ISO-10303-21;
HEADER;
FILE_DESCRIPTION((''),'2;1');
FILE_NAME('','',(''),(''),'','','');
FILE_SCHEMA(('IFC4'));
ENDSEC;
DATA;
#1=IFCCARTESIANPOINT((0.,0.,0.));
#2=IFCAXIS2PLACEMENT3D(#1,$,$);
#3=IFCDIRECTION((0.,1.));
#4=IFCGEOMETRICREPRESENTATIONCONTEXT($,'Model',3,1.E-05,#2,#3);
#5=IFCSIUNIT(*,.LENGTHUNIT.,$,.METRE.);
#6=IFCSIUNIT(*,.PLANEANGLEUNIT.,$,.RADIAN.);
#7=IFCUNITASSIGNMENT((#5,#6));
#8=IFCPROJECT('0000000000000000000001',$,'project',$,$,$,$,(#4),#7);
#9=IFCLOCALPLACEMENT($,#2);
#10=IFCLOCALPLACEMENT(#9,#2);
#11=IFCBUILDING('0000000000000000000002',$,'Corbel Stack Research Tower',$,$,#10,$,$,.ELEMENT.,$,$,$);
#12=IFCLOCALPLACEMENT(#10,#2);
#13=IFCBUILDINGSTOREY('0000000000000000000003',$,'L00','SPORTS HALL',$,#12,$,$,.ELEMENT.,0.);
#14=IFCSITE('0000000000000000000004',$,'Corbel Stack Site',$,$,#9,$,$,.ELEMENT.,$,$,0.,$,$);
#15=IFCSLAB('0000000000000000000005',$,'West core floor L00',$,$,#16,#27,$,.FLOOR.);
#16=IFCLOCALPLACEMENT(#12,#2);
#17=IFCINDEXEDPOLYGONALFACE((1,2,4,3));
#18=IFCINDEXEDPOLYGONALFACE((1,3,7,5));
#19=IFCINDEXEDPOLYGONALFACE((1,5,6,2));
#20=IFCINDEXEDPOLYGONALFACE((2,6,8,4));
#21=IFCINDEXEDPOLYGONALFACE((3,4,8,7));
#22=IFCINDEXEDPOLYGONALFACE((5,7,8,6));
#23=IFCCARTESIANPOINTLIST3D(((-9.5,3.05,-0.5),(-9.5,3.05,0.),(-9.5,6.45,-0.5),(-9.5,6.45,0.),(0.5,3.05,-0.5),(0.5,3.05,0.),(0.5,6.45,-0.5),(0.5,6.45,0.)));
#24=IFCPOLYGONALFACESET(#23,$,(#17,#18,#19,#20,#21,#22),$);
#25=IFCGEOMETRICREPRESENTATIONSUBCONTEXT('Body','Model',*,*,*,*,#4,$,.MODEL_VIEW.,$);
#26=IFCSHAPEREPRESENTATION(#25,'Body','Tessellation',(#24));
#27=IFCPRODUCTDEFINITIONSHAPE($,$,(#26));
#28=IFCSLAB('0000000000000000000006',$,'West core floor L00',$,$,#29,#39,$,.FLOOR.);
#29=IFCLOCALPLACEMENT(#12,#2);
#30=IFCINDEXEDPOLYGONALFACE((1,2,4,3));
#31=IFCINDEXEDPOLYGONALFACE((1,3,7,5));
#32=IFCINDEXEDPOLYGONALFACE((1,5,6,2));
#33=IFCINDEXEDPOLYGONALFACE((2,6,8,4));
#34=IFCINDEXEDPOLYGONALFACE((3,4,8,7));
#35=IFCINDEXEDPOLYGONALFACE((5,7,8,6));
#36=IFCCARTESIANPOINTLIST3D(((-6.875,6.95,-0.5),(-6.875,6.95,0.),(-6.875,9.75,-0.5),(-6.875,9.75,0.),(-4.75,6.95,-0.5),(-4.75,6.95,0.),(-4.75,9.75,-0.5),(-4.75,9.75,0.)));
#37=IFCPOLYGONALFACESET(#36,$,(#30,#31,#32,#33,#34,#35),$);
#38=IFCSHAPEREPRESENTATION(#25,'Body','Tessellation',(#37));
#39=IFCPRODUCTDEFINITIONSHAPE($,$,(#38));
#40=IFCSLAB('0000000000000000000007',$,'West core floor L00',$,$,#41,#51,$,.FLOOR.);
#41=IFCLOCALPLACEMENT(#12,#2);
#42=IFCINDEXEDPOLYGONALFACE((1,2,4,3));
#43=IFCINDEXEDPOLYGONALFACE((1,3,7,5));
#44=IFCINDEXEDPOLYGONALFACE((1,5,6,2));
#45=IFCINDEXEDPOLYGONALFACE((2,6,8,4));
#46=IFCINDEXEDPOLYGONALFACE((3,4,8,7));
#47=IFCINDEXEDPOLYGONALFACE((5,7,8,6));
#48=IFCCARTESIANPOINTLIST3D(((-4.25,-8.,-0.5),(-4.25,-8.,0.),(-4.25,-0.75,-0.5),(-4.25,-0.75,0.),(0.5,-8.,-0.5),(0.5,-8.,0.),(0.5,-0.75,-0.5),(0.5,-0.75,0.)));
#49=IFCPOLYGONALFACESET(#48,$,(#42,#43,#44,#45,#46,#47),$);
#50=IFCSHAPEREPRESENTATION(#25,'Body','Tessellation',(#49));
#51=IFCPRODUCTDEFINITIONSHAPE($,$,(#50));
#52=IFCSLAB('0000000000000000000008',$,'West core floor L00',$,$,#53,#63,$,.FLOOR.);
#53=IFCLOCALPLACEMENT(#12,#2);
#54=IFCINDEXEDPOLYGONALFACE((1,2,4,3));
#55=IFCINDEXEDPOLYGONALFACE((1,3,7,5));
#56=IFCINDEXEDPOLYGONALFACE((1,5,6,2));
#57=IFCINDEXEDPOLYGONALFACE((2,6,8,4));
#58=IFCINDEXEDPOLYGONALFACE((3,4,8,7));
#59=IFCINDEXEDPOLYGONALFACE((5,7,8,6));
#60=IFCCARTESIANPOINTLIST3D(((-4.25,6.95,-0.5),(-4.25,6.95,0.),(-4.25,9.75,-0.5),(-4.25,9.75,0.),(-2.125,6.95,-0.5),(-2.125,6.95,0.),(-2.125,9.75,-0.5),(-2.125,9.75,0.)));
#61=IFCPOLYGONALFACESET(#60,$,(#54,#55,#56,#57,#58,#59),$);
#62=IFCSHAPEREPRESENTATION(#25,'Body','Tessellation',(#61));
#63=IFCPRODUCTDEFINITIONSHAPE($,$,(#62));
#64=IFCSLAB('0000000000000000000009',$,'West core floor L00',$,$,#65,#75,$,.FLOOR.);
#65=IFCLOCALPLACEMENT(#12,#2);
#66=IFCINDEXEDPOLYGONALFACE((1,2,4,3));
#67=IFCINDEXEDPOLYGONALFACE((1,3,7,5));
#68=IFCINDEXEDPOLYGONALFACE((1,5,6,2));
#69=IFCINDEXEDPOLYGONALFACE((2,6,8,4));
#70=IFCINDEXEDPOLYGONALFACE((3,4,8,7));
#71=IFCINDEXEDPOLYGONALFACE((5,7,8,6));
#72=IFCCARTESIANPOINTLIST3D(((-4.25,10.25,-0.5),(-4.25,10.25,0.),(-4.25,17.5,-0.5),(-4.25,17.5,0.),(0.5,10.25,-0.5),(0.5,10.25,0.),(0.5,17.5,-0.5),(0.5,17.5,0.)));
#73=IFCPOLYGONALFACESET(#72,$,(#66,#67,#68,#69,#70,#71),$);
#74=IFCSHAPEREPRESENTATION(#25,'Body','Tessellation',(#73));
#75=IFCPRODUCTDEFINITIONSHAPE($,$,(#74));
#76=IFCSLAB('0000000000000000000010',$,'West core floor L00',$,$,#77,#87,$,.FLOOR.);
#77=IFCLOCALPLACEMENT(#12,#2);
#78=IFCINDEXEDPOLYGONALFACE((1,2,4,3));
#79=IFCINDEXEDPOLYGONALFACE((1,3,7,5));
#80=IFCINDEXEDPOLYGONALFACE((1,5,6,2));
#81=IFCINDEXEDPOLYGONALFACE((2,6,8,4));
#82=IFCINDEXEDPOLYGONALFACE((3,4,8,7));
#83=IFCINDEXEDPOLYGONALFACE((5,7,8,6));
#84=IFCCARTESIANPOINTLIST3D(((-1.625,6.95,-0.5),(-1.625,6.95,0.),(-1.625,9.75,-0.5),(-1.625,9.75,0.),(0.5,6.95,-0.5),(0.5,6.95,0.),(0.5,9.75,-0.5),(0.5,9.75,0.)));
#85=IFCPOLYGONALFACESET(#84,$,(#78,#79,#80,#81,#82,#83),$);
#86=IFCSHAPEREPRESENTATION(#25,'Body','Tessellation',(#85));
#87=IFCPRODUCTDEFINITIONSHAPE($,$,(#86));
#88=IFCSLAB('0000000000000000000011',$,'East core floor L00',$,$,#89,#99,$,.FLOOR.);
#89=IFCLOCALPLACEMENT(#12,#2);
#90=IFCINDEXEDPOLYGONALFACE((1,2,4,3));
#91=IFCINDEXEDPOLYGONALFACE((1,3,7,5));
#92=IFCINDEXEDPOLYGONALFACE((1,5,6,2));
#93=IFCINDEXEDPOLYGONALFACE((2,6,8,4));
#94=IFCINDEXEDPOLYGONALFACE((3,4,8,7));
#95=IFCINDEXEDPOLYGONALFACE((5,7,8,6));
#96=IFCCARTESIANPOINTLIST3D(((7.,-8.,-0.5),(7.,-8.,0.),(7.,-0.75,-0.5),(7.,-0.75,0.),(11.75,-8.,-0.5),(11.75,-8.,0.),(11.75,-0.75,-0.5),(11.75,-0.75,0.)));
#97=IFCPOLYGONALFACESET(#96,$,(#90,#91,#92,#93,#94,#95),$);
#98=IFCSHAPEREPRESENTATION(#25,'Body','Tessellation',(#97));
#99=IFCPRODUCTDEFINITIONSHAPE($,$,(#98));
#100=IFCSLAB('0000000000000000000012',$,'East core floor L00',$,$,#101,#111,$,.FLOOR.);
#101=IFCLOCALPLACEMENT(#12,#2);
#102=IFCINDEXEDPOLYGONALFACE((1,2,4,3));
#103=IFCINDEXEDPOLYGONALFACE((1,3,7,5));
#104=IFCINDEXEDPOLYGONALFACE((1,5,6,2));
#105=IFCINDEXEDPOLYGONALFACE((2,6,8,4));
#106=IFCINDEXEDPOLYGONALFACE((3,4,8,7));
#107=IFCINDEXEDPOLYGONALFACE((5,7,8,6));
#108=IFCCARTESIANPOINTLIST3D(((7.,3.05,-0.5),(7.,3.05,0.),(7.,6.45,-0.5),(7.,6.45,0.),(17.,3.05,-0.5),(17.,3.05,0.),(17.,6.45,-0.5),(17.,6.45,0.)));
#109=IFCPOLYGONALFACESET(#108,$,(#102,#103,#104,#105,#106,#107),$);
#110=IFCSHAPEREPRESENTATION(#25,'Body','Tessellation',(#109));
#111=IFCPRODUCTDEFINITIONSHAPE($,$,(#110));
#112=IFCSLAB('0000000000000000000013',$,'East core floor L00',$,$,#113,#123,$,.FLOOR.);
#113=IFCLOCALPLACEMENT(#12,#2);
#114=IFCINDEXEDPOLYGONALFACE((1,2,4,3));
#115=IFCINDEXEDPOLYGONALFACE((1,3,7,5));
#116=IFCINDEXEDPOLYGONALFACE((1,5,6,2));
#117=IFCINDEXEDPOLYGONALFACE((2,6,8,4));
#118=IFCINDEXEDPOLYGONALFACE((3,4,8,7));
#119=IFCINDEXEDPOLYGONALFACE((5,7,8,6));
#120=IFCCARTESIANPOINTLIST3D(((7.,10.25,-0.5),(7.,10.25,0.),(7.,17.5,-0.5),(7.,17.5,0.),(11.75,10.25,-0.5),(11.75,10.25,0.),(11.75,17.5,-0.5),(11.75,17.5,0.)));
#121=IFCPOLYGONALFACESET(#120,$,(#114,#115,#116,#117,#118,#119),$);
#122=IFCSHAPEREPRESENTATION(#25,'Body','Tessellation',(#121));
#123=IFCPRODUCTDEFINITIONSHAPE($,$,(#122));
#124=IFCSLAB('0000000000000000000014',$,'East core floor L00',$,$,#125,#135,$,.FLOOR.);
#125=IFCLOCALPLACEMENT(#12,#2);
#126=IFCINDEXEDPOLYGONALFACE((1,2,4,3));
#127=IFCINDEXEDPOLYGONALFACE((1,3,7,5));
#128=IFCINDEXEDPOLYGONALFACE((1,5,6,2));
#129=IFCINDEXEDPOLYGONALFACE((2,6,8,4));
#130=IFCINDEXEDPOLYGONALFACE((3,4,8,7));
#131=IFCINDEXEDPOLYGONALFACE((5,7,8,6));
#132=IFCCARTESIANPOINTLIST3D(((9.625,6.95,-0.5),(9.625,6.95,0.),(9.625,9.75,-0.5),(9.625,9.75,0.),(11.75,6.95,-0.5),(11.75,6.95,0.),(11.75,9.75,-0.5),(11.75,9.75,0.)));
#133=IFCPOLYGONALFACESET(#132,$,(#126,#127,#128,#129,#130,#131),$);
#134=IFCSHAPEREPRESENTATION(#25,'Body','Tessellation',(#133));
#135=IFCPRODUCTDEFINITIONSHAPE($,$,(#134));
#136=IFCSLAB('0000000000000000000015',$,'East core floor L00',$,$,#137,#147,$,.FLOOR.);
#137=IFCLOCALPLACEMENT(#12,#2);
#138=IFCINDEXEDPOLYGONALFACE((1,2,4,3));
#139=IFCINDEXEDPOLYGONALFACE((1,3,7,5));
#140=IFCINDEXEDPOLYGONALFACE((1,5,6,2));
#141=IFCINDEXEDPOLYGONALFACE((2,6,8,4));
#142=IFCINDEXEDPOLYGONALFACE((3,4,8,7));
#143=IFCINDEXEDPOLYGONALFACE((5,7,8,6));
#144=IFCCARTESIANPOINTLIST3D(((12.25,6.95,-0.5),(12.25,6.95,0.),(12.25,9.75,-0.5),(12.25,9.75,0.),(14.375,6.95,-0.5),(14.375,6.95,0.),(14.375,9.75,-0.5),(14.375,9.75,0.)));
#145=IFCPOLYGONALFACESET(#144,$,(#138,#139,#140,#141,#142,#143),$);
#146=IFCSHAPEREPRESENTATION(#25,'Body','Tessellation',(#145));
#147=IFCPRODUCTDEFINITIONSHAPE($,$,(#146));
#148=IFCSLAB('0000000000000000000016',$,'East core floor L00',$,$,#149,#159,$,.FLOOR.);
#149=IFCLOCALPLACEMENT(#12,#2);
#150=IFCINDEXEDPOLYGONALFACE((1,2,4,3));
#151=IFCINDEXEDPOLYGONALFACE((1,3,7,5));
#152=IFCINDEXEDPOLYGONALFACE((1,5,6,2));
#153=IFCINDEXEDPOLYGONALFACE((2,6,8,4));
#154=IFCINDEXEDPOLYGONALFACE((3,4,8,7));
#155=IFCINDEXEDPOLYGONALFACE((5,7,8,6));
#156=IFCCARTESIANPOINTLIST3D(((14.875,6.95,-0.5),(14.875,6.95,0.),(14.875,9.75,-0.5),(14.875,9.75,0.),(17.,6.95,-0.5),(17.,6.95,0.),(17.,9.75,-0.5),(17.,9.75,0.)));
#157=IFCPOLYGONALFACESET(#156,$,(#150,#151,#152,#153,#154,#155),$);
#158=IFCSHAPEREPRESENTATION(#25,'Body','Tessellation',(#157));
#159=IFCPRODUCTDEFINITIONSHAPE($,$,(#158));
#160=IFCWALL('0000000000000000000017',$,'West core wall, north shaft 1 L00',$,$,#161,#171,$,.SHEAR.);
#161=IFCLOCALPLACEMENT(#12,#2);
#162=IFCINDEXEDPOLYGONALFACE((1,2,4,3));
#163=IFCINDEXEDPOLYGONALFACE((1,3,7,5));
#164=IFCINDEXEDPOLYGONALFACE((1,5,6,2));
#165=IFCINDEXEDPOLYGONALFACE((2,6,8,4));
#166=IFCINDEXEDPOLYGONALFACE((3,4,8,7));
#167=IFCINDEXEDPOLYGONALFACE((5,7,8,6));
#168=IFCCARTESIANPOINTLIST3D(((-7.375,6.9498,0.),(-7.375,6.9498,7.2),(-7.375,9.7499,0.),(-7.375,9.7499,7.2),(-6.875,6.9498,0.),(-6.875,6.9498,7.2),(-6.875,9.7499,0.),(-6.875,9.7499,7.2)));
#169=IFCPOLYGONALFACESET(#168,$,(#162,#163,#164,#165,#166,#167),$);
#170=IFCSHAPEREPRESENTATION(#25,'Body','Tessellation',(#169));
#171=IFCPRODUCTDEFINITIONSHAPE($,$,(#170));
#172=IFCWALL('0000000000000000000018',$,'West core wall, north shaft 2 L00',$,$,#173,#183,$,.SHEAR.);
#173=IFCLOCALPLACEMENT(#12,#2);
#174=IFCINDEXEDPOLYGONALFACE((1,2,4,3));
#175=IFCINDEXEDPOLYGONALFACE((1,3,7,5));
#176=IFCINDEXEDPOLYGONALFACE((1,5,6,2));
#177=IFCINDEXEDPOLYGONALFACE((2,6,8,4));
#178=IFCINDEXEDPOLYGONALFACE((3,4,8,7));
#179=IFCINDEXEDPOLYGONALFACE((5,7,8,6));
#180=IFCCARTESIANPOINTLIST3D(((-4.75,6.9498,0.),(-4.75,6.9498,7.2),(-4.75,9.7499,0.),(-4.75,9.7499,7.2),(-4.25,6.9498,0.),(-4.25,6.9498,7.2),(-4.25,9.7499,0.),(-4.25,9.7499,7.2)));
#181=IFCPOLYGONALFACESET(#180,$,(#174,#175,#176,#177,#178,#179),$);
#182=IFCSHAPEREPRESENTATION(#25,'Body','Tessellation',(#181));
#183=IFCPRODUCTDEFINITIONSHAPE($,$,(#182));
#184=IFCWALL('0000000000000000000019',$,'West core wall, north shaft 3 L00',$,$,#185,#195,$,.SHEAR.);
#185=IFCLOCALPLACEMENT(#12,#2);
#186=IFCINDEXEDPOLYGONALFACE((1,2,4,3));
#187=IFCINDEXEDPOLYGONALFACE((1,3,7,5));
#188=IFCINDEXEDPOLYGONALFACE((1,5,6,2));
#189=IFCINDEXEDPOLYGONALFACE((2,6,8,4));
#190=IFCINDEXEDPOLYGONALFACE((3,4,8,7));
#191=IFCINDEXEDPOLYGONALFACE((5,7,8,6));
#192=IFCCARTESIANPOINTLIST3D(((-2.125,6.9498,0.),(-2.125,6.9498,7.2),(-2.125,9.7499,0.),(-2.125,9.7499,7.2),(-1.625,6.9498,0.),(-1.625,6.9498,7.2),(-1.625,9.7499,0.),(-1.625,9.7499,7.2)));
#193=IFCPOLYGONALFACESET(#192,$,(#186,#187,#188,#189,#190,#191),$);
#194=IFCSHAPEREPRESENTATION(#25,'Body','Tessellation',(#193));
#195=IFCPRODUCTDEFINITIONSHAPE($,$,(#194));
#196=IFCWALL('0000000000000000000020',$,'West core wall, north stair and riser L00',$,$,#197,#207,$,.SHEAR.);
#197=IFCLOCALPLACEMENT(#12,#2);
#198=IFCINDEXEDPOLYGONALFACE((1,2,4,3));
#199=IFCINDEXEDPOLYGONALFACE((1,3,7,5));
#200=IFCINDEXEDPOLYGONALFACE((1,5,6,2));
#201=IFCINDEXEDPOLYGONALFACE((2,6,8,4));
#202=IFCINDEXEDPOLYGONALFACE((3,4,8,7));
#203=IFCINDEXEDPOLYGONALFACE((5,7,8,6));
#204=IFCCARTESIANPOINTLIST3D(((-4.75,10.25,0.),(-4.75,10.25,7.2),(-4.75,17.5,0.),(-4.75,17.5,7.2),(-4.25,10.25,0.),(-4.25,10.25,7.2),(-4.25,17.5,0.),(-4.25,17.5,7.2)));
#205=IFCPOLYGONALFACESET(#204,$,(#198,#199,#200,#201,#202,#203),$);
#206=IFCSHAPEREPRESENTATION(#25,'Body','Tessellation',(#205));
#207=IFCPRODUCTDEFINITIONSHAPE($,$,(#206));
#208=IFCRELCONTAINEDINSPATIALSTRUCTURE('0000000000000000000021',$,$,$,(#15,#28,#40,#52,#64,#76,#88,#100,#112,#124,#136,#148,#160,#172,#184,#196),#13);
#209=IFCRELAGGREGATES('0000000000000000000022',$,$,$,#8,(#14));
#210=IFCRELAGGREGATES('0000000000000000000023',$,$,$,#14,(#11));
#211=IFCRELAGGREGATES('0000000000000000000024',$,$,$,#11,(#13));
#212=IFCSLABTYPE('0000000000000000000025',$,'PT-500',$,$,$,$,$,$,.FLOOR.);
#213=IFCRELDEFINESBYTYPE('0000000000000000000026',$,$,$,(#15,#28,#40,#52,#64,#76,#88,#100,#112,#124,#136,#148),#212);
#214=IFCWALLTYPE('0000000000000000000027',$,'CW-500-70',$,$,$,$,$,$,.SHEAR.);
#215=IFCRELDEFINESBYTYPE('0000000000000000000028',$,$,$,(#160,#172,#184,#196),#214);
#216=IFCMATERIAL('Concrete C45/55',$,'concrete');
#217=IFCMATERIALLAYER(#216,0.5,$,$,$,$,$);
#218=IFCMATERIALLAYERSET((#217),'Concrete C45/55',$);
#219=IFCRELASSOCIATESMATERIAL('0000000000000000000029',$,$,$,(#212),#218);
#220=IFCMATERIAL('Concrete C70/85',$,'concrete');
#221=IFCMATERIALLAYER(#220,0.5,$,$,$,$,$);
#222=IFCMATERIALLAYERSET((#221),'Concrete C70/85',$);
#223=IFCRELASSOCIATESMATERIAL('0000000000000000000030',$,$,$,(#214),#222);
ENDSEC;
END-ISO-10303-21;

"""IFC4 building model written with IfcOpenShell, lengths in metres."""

from ifc_helpers import new_model, si_unit, direction, frame, frame_2d, origin, place, context, subcontext, project, spatial, polyline, rectangle, outline, extrude, material, layer, layer_set, type_object, element, save


model = new_model("IFC4")

# Units and contexts
model_context = context("Model", 3, precision=1e-05, world=origin(), true_north=direction((0.0, 1.0)))
body_context = subcontext(model_context, "Body", "Model", "MODEL_VIEW")
ifc_project = project(units=[si_unit("LENGTHUNIT", "METRE"), si_unit("PLANEANGLEUNIT", "RADIAN")], contexts=[model_context])

# Site, building, storey
site_placement = place(None, origin())
site = spatial("IfcSite", under=ifc_project, at=site_placement, Name="Corbel Stack Site", CompositionType="ELEMENT", RefElevation=0.0)
building_placement = place(site_placement, origin())
building = spatial("IfcBuilding", under=site, at=building_placement, Name="Corbel Stack Research Tower", CompositionType="ELEMENT")
storey_placement = place(building_placement, origin())
storey = spatial("IfcBuildingStorey", under=building, at=storey_placement, Name="L00", Description="SPORTS HALL", CompositionType="ELEMENT", Elevation=0.0)

# Slabs
ifc_material_1 = material(Name="Concrete C45/55", Category="concrete")
ifc_layer_1 = layer(ifc_material_1, 0.5)
ifc_layer_set_1 = layer_set([ifc_layer_1], Name="Concrete C45/55")
slab_type = type_object("IfcSlabType", Name="PT-500", PredefinedType="FLOOR", material=ifc_layer_set_1)
slab_1_placement = place(storey_placement, frame((0.0, 0.0, -0.5)))
element("IfcSlab", 1, at=slab_1_placement, inside=storey, type_object=slab_type, Name="West core floor L00", PredefinedType="FLOOR", context=body_context, shape_type="SweptSolid", body=[
    extrude(outline(polyline([(-9.5, 6.45), (-9.5, 3.05), (0.5, 3.05), (0.5, 6.45), (-9.5, 6.45)])), origin(), (0.0, 0.0, 1.0), 0.5),
])
slab_2_placement = place(storey_placement, frame((0.0, 0.0, -0.5)))
element("IfcSlab", 2, at=slab_2_placement, inside=storey, type_object=slab_type, Name="West core floor L00", PredefinedType="FLOOR", context=body_context, shape_type="SweptSolid", body=[
    extrude(outline(polyline([(-6.875, 6.95), (-4.75, 6.95), (-4.75, 9.75), (-6.875, 9.75), (-6.875, 6.95)])), origin(), (0.0, 0.0, 1.0), 0.5),
])
slab_3_placement = place(storey_placement, frame((0.0, 0.0, -0.5)))
element("IfcSlab", 3, at=slab_3_placement, inside=storey, type_object=slab_type, Name="West core floor L00", PredefinedType="FLOOR", context=body_context, shape_type="SweptSolid", body=[
    extrude(outline(polyline([(-4.25, -0.75), (-4.25, -8.0), (0.5, -8.0), (0.5, -0.75), (-4.25, -0.75)])), origin(), (0.0, 0.0, 1.0), 0.5),
])
slab_4_placement = place(storey_placement, frame((0.0, 0.0, -0.5)))
element("IfcSlab", 4, at=slab_4_placement, inside=storey, type_object=slab_type, Name="West core floor L00", PredefinedType="FLOOR", context=body_context, shape_type="SweptSolid", body=[
    extrude(outline(polyline([(-2.125, 6.95), (-2.125, 9.75), (-4.25, 9.75), (-4.25, 6.95), (-2.125, 6.95)])), origin(), (0.0, 0.0, 1.0), 0.5),
])
slab_5_placement = place(storey_placement, frame((0.0, 0.0, -0.5)))
element("IfcSlab", 5, at=slab_5_placement, inside=storey, type_object=slab_type, Name="West core floor L00", PredefinedType="FLOOR", context=body_context, shape_type="SweptSolid", body=[
    extrude(outline(polyline([(-4.25, 17.5), (-4.25, 10.25), (0.5, 10.25), (0.5, 17.5), (-4.25, 17.5)])), origin(), (0.0, 0.0, 1.0), 0.5),
])
slab_6_placement = place(storey_placement, frame((0.0, 0.0, -0.5)))
element("IfcSlab", 6, at=slab_6_placement, inside=storey, type_object=slab_type, Name="West core floor L00", PredefinedType="FLOOR", context=body_context, shape_type="SweptSolid", body=[
    extrude(outline(polyline([(0.5, 6.95), (0.5, 9.75), (-1.625, 9.75), (-1.625, 6.95), (0.5, 6.95)])), origin(), (0.0, 0.0, 1.0), 0.5),
])
slab_7_placement = place(storey_placement, frame((0.0, 0.0, -0.5)))
element("IfcSlab", 7, at=slab_7_placement, inside=storey, type_object=slab_type, Name="East core floor L00", PredefinedType="FLOOR", context=body_context, shape_type="SweptSolid", body=[
    extrude(outline(polyline([(7.0, -0.75), (7.0, -8.0), (11.75, -8.0), (11.75, -0.75), (7.0, -0.75)])), origin(), (0.0, 0.0, 1.0), 0.5),
])
slab_8_placement = place(storey_placement, frame((0.0, 0.0, -0.5)))
element("IfcSlab", 8, at=slab_8_placement, inside=storey, type_object=slab_type, Name="East core floor L00", PredefinedType="FLOOR", context=body_context, shape_type="SweptSolid", body=[
    extrude(outline(polyline([(7.0, 6.45), (7.0, 3.05), (17.0, 3.05), (17.0, 6.45), (7.0, 6.45)])), origin(), (0.0, 0.0, 1.0), 0.5),
])
slab_9_placement = place(storey_placement, frame((0.0, 0.0, -0.5)))
element("IfcSlab", 9, at=slab_9_placement, inside=storey, type_object=slab_type, Name="East core floor L00", PredefinedType="FLOOR", context=body_context, shape_type="SweptSolid", body=[
    extrude(outline(polyline([(7.0, 17.5), (7.0, 10.25), (11.75, 10.25), (11.75, 17.5), (7.0, 17.5)])), origin(), (0.0, 0.0, 1.0), 0.5),
])
slab_10_placement = place(storey_placement, frame((0.0, 0.0, -0.5)))
element("IfcSlab", 10, at=slab_10_placement, inside=storey, type_object=slab_type, Name="East core floor L00", PredefinedType="FLOOR", context=body_context, shape_type="SweptSolid", body=[
    extrude(outline(polyline([(9.625, 6.95), (11.75, 6.95), (11.75, 9.75), (9.625, 9.75), (9.625, 6.95)])), origin(), (0.0, 0.0, 1.0), 0.5),
])
slab_11_placement = place(storey_placement, frame((0.0, 0.0, -0.5)))
element("IfcSlab", 11, at=slab_11_placement, inside=storey, type_object=slab_type, Name="East core floor L00", PredefinedType="FLOOR", context=body_context, shape_type="SweptSolid", body=[
    extrude(outline(polyline([(14.375, 6.95), (14.375, 9.75), (12.25, 9.75), (12.25, 6.95), (14.375, 6.95)])), origin(), (0.0, 0.0, 1.0), 0.5),
])
slab_12_placement = place(storey_placement, frame((0.0, 0.0, -0.5)))
element("IfcSlab", 12, at=slab_12_placement, inside=storey, type_object=slab_type, Name="East core floor L00", PredefinedType="FLOOR", context=body_context, shape_type="SweptSolid", body=[
    extrude(outline(polyline([(17.0, 6.95), (17.0, 9.75), (14.875, 9.75), (14.875, 6.95), (17.0, 6.95)])), origin(), (0.0, 0.0, 1.0), 0.5),
])

# Walls
ifc_material_2 = material(Name="Concrete C70/85", Category="concrete")
ifc_layer_2 = layer(ifc_material_2, 0.5)
ifc_layer_set_2 = layer_set([ifc_layer_2], Name="Concrete C70/85")
wall_type_1 = type_object("IfcWallType", Name="CW-500-70", PredefinedType="SHEAR", material=ifc_layer_set_2)
for number, where, z_axis, x_axis, name in (
    (13, (-7.125, 6.95, 0.0), (0.0, 0.0, 1.0), (0.0, 1.0, 0.0), "West core wall, north shaft 1 L00"),
    (14, (-4.5, 6.95, 0.0), (0.0, 0.0, 1.0), (0.0, 1.0, 0.0), "West core wall, north shaft 2 L00"),
    (15, (-1.875, 6.95, 0.0), (0.0, 0.0, 1.0), (0.0, 1.0, 0.0), "West core wall, north shaft 3 L00"),
):
    element("IfcWall", number, at=place(storey_placement, frame(where, z_axis=z_axis, x_axis=x_axis)), inside=storey, type_object=wall_type_1, Name=name, PredefinedType="SHEAR", context=body_context, shape_type="SweptSolid", body=[
        extrude(rectangle(XDim=2.8, YDim=0.5, at=frame_2d((1.3999, 0.0))), origin(), (0.0, 0.0, 1.0), 7.2),
    ])
wall_1_placement = place(storey_placement, frame((-4.5, 10.25, 0.0), z_axis=(0.0, 0.0, 1.0), x_axis=(0.0, 1.0, 0.0)))
element("IfcWall", 16, at=wall_1_placement, inside=storey, type_object=wall_type_1, Name="West core wall, north stair and riser L00", PredefinedType="SHEAR", context=body_context, shape_type="SweptSolid", body=[
    extrude(rectangle(XDim=7.25, YDim=0.5, at=frame_2d((3.625, 0.0))), origin(), (0.0, 0.0, 1.0), 7.2),
])

save(model, "model.ifc")
